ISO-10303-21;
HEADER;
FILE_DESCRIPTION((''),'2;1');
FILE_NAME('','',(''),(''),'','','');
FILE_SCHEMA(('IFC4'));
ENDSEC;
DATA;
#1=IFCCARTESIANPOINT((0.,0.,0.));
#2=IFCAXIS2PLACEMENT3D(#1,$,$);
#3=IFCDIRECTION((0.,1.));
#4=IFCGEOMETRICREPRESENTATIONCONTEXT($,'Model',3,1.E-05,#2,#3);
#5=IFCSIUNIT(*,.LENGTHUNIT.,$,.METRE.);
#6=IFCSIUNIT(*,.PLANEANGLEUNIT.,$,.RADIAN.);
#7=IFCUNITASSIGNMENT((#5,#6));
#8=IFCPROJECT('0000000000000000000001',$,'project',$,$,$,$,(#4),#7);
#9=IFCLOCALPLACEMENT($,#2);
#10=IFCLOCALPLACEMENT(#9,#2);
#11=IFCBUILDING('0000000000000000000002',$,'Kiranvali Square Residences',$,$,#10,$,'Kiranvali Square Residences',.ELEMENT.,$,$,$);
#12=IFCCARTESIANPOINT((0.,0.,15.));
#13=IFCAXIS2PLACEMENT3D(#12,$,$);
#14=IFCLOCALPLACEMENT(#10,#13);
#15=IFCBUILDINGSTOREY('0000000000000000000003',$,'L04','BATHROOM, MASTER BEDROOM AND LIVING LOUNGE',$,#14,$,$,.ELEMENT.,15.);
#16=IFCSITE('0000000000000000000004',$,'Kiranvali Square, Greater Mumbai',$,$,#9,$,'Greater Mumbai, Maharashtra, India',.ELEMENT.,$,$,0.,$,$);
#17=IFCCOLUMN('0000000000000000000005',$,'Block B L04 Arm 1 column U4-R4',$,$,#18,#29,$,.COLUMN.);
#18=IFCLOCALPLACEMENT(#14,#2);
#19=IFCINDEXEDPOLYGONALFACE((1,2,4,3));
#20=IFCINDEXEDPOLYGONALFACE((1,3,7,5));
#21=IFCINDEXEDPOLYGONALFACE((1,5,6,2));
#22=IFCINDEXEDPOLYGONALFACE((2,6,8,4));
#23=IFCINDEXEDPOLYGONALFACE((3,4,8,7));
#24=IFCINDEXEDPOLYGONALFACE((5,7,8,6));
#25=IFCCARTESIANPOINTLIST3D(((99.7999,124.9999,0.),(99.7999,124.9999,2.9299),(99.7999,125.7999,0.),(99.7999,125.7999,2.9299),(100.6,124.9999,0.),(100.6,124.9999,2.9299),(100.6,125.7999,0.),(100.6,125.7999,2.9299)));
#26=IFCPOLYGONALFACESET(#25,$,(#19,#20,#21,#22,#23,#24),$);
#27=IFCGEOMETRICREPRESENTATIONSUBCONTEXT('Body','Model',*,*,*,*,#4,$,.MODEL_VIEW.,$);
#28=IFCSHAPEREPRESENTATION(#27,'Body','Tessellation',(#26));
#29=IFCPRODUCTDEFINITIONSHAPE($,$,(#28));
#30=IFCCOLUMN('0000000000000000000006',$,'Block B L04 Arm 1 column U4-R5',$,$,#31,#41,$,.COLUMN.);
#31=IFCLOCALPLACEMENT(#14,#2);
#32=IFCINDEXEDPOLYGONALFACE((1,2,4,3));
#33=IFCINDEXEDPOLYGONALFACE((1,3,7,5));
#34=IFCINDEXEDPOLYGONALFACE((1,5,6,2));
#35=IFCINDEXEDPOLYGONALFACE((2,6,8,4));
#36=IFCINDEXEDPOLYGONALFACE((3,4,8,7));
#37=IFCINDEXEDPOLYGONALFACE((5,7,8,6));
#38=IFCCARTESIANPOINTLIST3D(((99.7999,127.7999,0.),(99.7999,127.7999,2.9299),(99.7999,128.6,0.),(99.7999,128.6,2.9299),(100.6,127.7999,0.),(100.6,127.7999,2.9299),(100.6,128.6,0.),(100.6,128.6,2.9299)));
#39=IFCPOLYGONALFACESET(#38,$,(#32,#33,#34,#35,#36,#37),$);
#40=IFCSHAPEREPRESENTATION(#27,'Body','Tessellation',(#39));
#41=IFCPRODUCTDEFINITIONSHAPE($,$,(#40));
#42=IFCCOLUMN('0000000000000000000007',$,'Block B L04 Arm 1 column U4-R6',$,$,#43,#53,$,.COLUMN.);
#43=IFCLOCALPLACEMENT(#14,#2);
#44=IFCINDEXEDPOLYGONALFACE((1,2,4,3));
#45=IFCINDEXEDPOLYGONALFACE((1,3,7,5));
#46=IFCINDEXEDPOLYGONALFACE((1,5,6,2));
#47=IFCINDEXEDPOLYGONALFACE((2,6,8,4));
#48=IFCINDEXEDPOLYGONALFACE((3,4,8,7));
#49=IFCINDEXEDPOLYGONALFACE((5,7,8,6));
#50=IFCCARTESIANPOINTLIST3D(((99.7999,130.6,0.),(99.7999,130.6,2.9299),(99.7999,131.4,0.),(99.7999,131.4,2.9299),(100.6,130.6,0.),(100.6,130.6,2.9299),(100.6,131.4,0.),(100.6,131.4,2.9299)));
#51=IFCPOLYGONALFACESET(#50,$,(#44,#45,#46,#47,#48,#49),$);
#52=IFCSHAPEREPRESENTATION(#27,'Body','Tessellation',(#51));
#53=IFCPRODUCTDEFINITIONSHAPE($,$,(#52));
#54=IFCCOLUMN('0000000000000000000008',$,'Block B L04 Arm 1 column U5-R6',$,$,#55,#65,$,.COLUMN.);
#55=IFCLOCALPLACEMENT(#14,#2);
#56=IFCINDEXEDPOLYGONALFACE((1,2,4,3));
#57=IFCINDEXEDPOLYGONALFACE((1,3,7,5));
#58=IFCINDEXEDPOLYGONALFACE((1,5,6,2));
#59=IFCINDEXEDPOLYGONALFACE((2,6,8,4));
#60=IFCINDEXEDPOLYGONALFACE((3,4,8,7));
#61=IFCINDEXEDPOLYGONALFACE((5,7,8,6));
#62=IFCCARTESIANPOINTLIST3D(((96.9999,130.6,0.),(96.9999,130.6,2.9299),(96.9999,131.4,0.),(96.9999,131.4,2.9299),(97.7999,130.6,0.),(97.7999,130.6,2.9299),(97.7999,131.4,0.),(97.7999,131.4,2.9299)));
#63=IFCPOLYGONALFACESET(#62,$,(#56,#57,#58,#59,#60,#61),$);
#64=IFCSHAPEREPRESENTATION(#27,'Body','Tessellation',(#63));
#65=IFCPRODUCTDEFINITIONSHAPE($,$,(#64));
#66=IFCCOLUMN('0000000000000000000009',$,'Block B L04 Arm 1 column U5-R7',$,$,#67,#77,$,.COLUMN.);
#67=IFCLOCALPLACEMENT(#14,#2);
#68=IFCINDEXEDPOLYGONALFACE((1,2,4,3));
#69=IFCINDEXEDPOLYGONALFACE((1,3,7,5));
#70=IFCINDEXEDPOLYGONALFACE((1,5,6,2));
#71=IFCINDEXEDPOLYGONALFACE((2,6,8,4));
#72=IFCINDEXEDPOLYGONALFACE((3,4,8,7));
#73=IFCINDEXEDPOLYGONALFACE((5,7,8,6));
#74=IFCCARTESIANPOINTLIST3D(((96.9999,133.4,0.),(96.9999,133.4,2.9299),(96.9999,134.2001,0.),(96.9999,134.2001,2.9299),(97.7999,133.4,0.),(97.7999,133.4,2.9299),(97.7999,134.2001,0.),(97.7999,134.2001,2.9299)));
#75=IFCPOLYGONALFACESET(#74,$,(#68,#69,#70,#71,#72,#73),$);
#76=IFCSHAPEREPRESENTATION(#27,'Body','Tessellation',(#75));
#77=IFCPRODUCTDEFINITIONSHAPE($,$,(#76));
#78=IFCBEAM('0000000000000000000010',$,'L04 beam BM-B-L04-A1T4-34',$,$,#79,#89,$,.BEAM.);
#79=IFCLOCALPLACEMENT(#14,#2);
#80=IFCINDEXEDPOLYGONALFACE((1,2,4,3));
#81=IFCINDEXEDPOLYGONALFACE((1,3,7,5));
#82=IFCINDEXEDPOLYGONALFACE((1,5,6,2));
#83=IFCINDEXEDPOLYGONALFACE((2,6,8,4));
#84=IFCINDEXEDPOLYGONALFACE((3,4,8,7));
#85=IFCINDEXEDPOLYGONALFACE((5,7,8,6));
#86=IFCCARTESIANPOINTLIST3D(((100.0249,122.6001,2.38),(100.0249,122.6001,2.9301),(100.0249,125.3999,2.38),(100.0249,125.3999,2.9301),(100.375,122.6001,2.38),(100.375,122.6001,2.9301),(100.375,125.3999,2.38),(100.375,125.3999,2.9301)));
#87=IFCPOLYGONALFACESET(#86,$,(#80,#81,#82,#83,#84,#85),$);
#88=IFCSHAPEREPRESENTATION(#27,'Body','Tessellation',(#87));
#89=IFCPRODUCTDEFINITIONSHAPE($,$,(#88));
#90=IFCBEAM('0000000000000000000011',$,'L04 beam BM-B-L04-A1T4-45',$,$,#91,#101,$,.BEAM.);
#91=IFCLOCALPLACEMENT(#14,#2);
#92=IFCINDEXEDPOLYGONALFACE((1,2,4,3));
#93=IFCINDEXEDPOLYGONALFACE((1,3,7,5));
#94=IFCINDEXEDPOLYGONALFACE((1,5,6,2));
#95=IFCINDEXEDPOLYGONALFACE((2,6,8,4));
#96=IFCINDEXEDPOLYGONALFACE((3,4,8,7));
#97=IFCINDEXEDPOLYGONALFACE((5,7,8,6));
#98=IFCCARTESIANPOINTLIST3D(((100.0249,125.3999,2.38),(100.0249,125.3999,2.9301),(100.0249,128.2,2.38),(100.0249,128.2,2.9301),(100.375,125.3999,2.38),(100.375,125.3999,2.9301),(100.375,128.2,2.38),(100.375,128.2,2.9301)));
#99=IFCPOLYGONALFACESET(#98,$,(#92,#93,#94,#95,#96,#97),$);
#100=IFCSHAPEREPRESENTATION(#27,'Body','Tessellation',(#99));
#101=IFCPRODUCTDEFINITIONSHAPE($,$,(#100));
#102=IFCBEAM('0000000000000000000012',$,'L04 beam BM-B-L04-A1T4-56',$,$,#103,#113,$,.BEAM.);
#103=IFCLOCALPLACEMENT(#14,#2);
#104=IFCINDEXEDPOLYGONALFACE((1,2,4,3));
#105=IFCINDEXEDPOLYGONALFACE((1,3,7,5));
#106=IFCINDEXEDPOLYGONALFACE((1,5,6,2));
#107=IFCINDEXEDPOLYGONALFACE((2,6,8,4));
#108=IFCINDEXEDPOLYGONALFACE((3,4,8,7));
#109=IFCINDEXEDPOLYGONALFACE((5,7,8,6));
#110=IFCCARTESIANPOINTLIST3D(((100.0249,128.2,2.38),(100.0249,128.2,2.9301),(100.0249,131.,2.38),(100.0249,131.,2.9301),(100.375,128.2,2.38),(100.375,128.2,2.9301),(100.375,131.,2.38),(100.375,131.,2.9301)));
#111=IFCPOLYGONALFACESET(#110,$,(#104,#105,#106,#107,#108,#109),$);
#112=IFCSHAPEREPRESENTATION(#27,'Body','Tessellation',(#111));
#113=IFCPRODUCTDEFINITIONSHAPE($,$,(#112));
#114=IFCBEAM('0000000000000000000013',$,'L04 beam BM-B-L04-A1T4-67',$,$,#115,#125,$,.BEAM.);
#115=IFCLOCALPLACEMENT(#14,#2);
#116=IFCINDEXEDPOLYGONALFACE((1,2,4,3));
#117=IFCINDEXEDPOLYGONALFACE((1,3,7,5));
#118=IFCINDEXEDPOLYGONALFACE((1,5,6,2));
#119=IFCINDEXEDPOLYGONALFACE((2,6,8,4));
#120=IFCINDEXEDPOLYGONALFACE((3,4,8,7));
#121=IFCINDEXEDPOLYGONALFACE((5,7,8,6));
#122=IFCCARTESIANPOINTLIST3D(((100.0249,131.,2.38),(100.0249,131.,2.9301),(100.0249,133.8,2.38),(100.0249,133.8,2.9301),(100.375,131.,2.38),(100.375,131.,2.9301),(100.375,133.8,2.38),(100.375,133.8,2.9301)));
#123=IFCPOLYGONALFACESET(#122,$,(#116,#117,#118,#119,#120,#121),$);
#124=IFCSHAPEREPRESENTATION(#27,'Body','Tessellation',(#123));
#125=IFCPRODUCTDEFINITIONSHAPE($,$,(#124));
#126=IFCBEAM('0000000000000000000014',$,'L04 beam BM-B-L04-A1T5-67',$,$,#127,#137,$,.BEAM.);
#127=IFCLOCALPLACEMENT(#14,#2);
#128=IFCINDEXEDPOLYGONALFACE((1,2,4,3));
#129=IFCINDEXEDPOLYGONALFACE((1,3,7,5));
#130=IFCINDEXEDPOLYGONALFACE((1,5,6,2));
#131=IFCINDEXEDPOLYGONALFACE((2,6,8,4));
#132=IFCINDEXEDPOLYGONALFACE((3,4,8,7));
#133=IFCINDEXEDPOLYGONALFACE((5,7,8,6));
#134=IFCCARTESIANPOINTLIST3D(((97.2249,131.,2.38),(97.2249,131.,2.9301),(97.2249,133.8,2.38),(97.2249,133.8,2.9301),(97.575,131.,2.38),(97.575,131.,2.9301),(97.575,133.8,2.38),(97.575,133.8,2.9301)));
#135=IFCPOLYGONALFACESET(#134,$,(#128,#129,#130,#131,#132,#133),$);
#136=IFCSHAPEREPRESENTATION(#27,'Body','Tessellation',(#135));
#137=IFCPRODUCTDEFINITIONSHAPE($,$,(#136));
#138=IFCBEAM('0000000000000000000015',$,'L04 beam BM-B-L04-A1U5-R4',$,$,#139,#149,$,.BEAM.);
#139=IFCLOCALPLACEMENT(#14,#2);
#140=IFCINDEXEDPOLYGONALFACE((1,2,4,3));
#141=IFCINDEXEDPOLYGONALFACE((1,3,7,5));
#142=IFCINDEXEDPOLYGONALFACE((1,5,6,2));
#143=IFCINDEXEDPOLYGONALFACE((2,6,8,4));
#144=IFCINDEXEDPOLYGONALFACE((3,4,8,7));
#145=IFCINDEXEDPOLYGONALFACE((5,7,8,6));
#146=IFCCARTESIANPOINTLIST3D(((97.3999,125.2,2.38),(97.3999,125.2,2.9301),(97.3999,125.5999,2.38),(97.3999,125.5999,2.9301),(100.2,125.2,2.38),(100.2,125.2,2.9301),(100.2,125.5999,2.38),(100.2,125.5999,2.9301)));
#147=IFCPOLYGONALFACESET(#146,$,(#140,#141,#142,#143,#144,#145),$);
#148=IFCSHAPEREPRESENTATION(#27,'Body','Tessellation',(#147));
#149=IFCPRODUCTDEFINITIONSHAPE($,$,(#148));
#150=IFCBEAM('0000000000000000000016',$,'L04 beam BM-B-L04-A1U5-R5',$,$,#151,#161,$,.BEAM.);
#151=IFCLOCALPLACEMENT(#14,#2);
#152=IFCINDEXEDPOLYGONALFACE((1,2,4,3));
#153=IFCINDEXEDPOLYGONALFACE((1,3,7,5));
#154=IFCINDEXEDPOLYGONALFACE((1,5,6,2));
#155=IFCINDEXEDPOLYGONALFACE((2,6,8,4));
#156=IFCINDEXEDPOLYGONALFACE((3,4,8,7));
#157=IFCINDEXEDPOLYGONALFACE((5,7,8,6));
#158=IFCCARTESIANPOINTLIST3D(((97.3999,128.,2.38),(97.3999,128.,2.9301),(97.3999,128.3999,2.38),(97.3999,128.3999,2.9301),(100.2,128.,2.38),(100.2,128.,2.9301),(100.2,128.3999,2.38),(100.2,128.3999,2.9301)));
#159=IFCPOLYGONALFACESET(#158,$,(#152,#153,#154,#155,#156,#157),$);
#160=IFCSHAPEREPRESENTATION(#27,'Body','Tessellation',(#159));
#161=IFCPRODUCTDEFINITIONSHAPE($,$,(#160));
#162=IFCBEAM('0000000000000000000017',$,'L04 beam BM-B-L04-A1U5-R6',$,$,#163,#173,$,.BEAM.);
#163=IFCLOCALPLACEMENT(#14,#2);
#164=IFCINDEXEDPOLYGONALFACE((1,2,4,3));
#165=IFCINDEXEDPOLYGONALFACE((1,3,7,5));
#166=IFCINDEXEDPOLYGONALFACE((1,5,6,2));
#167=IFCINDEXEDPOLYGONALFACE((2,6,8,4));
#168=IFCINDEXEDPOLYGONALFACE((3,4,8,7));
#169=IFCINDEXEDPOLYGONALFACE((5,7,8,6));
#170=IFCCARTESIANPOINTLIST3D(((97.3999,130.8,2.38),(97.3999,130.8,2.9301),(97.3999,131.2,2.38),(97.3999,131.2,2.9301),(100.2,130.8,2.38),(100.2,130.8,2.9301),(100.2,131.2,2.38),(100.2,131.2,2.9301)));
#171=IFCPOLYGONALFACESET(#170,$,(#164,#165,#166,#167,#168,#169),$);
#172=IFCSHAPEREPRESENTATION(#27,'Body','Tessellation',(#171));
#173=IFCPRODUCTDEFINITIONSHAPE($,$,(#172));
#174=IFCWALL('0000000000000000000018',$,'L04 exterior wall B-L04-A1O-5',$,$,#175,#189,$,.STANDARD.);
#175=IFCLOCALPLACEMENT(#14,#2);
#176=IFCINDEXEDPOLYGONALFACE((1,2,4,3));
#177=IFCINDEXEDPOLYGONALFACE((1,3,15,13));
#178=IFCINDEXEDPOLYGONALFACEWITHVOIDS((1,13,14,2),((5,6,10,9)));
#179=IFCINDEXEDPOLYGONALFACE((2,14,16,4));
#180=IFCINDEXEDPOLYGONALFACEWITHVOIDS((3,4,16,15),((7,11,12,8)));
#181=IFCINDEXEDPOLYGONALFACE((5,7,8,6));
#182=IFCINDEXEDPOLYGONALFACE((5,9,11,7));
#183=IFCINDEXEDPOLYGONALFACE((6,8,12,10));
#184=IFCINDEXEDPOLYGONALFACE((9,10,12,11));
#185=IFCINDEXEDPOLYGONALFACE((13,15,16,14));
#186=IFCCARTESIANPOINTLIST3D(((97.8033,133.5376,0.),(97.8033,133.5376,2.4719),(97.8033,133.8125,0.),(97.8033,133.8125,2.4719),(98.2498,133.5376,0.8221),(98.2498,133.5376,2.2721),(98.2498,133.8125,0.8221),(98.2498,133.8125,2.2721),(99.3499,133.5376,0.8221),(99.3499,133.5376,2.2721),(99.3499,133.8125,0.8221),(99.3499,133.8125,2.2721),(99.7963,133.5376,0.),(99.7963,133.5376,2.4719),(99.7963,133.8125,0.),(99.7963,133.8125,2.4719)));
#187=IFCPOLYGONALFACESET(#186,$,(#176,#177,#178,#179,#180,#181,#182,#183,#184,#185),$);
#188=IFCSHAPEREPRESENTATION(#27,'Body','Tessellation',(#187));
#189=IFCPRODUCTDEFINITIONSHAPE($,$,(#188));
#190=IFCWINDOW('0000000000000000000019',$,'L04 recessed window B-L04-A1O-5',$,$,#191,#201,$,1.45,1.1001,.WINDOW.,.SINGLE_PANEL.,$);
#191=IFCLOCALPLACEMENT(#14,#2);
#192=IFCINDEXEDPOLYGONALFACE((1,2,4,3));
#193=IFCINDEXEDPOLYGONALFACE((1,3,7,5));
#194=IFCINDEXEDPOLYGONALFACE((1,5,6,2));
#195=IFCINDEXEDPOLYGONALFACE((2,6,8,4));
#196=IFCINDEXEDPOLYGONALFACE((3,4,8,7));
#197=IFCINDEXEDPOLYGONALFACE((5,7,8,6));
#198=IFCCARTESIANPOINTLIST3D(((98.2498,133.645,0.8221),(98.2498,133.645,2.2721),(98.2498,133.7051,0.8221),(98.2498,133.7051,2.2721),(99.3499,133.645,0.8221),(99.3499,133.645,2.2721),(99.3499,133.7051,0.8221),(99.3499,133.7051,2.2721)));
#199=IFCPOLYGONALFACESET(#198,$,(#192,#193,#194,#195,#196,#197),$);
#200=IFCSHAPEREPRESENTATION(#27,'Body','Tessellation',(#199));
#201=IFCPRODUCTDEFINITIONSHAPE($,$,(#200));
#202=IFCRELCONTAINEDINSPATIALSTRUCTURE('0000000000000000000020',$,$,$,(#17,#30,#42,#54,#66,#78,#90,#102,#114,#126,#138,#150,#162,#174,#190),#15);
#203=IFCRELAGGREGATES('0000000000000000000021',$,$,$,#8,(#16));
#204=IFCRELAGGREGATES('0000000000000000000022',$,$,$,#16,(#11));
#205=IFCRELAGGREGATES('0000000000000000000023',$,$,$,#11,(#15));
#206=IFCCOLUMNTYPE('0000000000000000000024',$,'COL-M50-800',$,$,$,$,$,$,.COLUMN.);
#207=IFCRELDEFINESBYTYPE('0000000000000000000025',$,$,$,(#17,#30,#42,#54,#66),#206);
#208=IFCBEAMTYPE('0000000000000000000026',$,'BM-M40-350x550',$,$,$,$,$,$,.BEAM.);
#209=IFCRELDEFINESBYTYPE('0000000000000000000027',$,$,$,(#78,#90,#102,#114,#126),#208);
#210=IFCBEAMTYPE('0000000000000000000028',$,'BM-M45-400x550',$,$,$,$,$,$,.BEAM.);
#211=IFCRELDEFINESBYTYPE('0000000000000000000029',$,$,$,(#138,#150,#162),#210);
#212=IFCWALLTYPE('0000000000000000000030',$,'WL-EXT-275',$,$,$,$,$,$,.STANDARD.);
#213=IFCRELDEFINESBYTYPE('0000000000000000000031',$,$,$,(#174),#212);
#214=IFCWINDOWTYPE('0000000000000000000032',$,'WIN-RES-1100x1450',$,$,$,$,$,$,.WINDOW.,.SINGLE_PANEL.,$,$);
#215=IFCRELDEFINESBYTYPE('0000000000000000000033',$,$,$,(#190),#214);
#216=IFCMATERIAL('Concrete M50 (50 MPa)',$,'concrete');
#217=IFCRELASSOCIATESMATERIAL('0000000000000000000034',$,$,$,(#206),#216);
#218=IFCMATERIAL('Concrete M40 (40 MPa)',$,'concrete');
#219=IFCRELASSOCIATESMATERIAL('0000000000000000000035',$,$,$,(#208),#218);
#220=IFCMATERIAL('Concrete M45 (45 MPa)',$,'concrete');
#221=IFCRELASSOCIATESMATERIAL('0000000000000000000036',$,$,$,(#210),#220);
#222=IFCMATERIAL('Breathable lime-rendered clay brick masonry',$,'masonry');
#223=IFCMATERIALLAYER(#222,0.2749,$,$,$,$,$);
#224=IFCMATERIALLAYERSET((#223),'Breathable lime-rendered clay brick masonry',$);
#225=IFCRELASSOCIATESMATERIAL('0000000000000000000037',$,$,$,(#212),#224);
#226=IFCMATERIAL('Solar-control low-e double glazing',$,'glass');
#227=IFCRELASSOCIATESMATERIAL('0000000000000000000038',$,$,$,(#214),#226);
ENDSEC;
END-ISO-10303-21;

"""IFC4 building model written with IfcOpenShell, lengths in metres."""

from ifc_helpers import new_model, si_unit, direction, frame, frame_2d, origin, origin_2d, place, context, subcontext, project, spatial, rectangle, extrude, material, layer, layer_set, material_profile, profile_set, type_object, element, fill, save


model = new_model("IFC4")

# Units and contexts
model_context = context("Model", 3, precision=1e-05, world=origin(), true_north=direction((0.0, 1.0)))
body_context = subcontext(model_context, "Body", "Model", "MODEL_VIEW")
ifc_project = project(units=[si_unit("LENGTHUNIT", "METRE"), si_unit("PLANEANGLEUNIT", "RADIAN")], contexts=[model_context])

# Site, building, storey
site_placement = place(None, origin())
site = spatial("IfcSite", under=ifc_project, at=site_placement, Name="Kiranvali Square, Greater Mumbai", LongName="Greater Mumbai, Maharashtra, India", CompositionType="ELEMENT", RefElevation=0.0)
building_placement = place(site_placement, origin())
building = spatial("IfcBuilding", under=site, at=building_placement, Name="Kiranvali Square Residences", LongName="Kiranvali Square Residences", CompositionType="ELEMENT")
storey_placement = place(building_placement, frame((0.0, 0.0, 15.0)))
storey = spatial("IfcBuildingStorey", under=building, at=storey_placement, Name="L04", Description="BATHROOM, MASTER BEDROOM AND LIVING LOUNGE", CompositionType="ELEMENT", Elevation=15.0)

# Columns
ifc_material_1 = material(Name="Concrete M50 (50 MPa)", Category="concrete")
ifc_material_profile_1 = material_profile(ifc_material_1, rectangle(XDim=0.8, YDim=0.8, at=origin_2d()), Name="RC 800x800")
ifc_profile_set_1 = profile_set([ifc_material_profile_1], Name="Concrete M50 (50 MPa)")
column_type = type_object("IfcColumnType", Name="COL-M50-800", PredefinedType="COLUMN", material=ifc_profile_set_1)
for number, where, z_axis, x_axis, name in (
    (1, (100.2, 125.3999, 0.0), (0.0, 0.0, 1.0), (1.0, 0.0, 0.0), "Block B L04 Arm 1 column U4-R4"),
    (2, (100.2, 128.2, 0.0), (0.0, 0.0, 1.0), (1.0, 0.0, 0.0), "Block B L04 Arm 1 column U4-R5"),
    (3, (100.2, 131.0, 0.0), (0.0, 0.0, 1.0), (1.0, 0.0, 0.0), "Block B L04 Arm 1 column U4-R6"),
    (4, (97.3999, 131.0, 0.0), (0.0, 0.0, 1.0), (1.0, 0.0, 0.0), "Block B L04 Arm 1 column U5-R6"),
    (5, (97.3999, 133.8, 0.0), (0.0, 0.0, 1.0), (1.0, 0.0, 0.0), "Block B L04 Arm 1 column U5-R7"),
):
    element("IfcColumn", number, at=place(storey_placement, frame(where, z_axis=z_axis, x_axis=x_axis)), inside=storey, type_object=column_type, Name=name, PredefinedType="COLUMN", context=body_context, shape_type="SweptSolid", body=[
        extrude(rectangle(XDim=0.8, YDim=0.8, at=origin_2d()), origin(), (0.0, 0.0, 1.0), 2.9299),
    ])

# Beams
ifc_material_2 = material(Name="Concrete M40 (40 MPa)", Category="concrete")
ifc_material_profile_2 = material_profile(ifc_material_2, rectangle(XDim=0.3501, YDim=0.55, at=origin_2d()), Name="RC 350x550")
ifc_profile_set_2 = profile_set([ifc_material_profile_2], Name="Concrete M40 (40 MPa)")
beam_type_1 = type_object("IfcBeamType", Name="BM-M40-350x550", PredefinedType="BEAM", material=ifc_profile_set_2)
beam_placement = place(storey_placement, frame((100.2, 122.6001, 2.655), z_axis=(0.0, 1.0, 0.0), x_axis=(-1.0, 0.0, 0.0)))
element("IfcBeam", 6, at=beam_placement, inside=storey, type_object=beam_type_1, Name="L04 beam BM-B-L04-A1T4-34", PredefinedType="BEAM", context=body_context, shape_type="SweptSolid", body=[
    extrude(rectangle(XDim=0.3501, YDim=0.55, at=origin_2d()), origin(), (0.0, 0.0, 1.0), 2.7998),
])
for number, where, z_axis, x_axis, name in (
    (7, (100.2, 125.3999, 2.655), (0.0, 1.0, 0.0), (-1.0, 0.0, 0.0), "L04 beam BM-B-L04-A1T4-45"),
    (8, (100.2, 128.2, 2.655), (0.0, 1.0, 0.0), (-1.0, 0.0, 0.0), "L04 beam BM-B-L04-A1T4-56"),
    (9, (100.2, 131.0, 2.655), (0.0, 1.0, 0.0), (-1.0, 0.0, 0.0), "L04 beam BM-B-L04-A1T4-67"),
    (10, (97.3999, 131.0, 2.655), (0.0, 1.0, 0.0), (-1.0, 0.0, 0.0), "L04 beam BM-B-L04-A1T5-67"),
):
    element("IfcBeam", number, at=place(storey_placement, frame(where, z_axis=z_axis, x_axis=x_axis)), inside=storey, type_object=beam_type_1, Name=name, PredefinedType="BEAM", context=body_context, shape_type="SweptSolid", body=[
        extrude(rectangle(XDim=0.3501, YDim=0.55, at=origin_2d()), origin(), (0.0, 0.0, 1.0), 2.8),
    ])
ifc_material_3 = material(Name="Concrete M45 (45 MPa)", Category="concrete")
ifc_material_profile_3 = material_profile(ifc_material_3, rectangle(XDim=0.3999, YDim=0.55, at=origin_2d()), Name="RC 400x550")
ifc_profile_set_3 = profile_set([ifc_material_profile_3], Name="Concrete M45 (45 MPa)")
beam_type_2 = type_object("IfcBeamType", Name="BM-M45-400x550", PredefinedType="BEAM", material=ifc_profile_set_3)
for number, where, z_axis, x_axis, name in (
    (11, (100.2, 125.3999, 2.655), (-1.0, 0.0, 0.0), (0.0, -1.0, 0.0), "L04 beam BM-B-L04-A1U5-R4"),
    (12, (100.2, 128.2, 2.655), (-1.0, 0.0, 0.0), (0.0, -1.0, 0.0), "L04 beam BM-B-L04-A1U5-R5"),
    (13, (100.2, 131.0, 2.655), (-1.0, 0.0, 0.0), (0.0, -1.0, 0.0), "L04 beam BM-B-L04-A1U5-R6"),
):
    element("IfcBeam", number, at=place(storey_placement, frame(where, z_axis=z_axis, x_axis=x_axis)), inside=storey, type_object=beam_type_2, Name=name, PredefinedType="BEAM", context=body_context, shape_type="SweptSolid", body=[
        extrude(rectangle(XDim=0.3999, YDim=0.55, at=origin_2d()), origin(), (0.0, 0.0, 1.0), 2.8),
    ])

# Wall, opening, window
ifc_material_4 = material(Name="Breathable lime-rendered clay brick masonry", Category="masonry")
ifc_layer_1 = layer(ifc_material_4, 0.2749)
ifc_layer_set_1 = layer_set([ifc_layer_1], Name="Breathable lime-rendered clay brick masonry")
wall_type_1 = type_object("IfcWallType", Name="WL-EXT-275", PredefinedType="STANDARD", material=ifc_layer_set_1)
wall_1_placement = place(storey_placement, frame((99.7964, 133.675, 0.0), z_axis=(0.0, 0.0, 1.0), x_axis=(-1.0, 0.0, 0.0)))
wall_1 = element("IfcWall", 14, at=wall_1_placement, inside=storey, type_object=wall_type_1, Name="L04 exterior wall B-L04-A1O-5", PredefinedType="STANDARD", context=body_context, shape_type="SweptSolid", body=[
    extrude(rectangle(XDim=1.9929, YDim=0.2749, at=frame_2d((0.9966, 0.0))), origin(), (0.0, 0.0, 1.0), 2.4719),
])
opening_1_placement = place(wall_1_placement, frame((0.4465, 0.0, 0.822)))
opening_1 = element("IfcOpeningElement", 15, at=opening_1_placement, cuts=wall_1, PredefinedType="OPENING", context=body_context, shape_type="SweptSolid", body=[
    extrude(rectangle(XDim=1.1001, YDim=1.45, at=frame_2d((0.55, 0.7251))), frame((0.0, 0.1475, 0.0), z_axis=(0.0, -1.0, 0.0), x_axis=(1.0, 0.0, 0.0)), (0.0, 0.0, 1.0), 0.2949),
])
ifc_material_5 = material(Name="Solar-control low-e double glazing", Category="glass")
window_type_1 = type_object("IfcWindowType", Name="WIN-RES-1100x1450", PartitioningType="SINGLE_PANEL", PredefinedType="WINDOW", material=ifc_material_5)
window_1_placement = place(opening_1_placement, origin())
window_1 = element("IfcWindow", 16, at=window_1_placement, inside=storey, type_object=window_type_1, Name="L04 recessed window B-L04-A1O-5", OverallHeight=1.45, OverallWidth=1.1001, PartitioningType="SINGLE_PANEL", PredefinedType="WINDOW", context=body_context, shape_type="SweptSolid", body=[
    extrude(rectangle(XDim=1.1001, YDim=1.45, at=frame_2d((0.55, 0.7251))), frame((0.0, 0.03, 0.0), z_axis=(0.0, -1.0, 0.0), x_axis=(1.0, 0.0, 0.0)), (0.0, 0.0, 1.0), 0.0601),
])
fill(opening_1, window_1)

save(model, "model.ifc")
